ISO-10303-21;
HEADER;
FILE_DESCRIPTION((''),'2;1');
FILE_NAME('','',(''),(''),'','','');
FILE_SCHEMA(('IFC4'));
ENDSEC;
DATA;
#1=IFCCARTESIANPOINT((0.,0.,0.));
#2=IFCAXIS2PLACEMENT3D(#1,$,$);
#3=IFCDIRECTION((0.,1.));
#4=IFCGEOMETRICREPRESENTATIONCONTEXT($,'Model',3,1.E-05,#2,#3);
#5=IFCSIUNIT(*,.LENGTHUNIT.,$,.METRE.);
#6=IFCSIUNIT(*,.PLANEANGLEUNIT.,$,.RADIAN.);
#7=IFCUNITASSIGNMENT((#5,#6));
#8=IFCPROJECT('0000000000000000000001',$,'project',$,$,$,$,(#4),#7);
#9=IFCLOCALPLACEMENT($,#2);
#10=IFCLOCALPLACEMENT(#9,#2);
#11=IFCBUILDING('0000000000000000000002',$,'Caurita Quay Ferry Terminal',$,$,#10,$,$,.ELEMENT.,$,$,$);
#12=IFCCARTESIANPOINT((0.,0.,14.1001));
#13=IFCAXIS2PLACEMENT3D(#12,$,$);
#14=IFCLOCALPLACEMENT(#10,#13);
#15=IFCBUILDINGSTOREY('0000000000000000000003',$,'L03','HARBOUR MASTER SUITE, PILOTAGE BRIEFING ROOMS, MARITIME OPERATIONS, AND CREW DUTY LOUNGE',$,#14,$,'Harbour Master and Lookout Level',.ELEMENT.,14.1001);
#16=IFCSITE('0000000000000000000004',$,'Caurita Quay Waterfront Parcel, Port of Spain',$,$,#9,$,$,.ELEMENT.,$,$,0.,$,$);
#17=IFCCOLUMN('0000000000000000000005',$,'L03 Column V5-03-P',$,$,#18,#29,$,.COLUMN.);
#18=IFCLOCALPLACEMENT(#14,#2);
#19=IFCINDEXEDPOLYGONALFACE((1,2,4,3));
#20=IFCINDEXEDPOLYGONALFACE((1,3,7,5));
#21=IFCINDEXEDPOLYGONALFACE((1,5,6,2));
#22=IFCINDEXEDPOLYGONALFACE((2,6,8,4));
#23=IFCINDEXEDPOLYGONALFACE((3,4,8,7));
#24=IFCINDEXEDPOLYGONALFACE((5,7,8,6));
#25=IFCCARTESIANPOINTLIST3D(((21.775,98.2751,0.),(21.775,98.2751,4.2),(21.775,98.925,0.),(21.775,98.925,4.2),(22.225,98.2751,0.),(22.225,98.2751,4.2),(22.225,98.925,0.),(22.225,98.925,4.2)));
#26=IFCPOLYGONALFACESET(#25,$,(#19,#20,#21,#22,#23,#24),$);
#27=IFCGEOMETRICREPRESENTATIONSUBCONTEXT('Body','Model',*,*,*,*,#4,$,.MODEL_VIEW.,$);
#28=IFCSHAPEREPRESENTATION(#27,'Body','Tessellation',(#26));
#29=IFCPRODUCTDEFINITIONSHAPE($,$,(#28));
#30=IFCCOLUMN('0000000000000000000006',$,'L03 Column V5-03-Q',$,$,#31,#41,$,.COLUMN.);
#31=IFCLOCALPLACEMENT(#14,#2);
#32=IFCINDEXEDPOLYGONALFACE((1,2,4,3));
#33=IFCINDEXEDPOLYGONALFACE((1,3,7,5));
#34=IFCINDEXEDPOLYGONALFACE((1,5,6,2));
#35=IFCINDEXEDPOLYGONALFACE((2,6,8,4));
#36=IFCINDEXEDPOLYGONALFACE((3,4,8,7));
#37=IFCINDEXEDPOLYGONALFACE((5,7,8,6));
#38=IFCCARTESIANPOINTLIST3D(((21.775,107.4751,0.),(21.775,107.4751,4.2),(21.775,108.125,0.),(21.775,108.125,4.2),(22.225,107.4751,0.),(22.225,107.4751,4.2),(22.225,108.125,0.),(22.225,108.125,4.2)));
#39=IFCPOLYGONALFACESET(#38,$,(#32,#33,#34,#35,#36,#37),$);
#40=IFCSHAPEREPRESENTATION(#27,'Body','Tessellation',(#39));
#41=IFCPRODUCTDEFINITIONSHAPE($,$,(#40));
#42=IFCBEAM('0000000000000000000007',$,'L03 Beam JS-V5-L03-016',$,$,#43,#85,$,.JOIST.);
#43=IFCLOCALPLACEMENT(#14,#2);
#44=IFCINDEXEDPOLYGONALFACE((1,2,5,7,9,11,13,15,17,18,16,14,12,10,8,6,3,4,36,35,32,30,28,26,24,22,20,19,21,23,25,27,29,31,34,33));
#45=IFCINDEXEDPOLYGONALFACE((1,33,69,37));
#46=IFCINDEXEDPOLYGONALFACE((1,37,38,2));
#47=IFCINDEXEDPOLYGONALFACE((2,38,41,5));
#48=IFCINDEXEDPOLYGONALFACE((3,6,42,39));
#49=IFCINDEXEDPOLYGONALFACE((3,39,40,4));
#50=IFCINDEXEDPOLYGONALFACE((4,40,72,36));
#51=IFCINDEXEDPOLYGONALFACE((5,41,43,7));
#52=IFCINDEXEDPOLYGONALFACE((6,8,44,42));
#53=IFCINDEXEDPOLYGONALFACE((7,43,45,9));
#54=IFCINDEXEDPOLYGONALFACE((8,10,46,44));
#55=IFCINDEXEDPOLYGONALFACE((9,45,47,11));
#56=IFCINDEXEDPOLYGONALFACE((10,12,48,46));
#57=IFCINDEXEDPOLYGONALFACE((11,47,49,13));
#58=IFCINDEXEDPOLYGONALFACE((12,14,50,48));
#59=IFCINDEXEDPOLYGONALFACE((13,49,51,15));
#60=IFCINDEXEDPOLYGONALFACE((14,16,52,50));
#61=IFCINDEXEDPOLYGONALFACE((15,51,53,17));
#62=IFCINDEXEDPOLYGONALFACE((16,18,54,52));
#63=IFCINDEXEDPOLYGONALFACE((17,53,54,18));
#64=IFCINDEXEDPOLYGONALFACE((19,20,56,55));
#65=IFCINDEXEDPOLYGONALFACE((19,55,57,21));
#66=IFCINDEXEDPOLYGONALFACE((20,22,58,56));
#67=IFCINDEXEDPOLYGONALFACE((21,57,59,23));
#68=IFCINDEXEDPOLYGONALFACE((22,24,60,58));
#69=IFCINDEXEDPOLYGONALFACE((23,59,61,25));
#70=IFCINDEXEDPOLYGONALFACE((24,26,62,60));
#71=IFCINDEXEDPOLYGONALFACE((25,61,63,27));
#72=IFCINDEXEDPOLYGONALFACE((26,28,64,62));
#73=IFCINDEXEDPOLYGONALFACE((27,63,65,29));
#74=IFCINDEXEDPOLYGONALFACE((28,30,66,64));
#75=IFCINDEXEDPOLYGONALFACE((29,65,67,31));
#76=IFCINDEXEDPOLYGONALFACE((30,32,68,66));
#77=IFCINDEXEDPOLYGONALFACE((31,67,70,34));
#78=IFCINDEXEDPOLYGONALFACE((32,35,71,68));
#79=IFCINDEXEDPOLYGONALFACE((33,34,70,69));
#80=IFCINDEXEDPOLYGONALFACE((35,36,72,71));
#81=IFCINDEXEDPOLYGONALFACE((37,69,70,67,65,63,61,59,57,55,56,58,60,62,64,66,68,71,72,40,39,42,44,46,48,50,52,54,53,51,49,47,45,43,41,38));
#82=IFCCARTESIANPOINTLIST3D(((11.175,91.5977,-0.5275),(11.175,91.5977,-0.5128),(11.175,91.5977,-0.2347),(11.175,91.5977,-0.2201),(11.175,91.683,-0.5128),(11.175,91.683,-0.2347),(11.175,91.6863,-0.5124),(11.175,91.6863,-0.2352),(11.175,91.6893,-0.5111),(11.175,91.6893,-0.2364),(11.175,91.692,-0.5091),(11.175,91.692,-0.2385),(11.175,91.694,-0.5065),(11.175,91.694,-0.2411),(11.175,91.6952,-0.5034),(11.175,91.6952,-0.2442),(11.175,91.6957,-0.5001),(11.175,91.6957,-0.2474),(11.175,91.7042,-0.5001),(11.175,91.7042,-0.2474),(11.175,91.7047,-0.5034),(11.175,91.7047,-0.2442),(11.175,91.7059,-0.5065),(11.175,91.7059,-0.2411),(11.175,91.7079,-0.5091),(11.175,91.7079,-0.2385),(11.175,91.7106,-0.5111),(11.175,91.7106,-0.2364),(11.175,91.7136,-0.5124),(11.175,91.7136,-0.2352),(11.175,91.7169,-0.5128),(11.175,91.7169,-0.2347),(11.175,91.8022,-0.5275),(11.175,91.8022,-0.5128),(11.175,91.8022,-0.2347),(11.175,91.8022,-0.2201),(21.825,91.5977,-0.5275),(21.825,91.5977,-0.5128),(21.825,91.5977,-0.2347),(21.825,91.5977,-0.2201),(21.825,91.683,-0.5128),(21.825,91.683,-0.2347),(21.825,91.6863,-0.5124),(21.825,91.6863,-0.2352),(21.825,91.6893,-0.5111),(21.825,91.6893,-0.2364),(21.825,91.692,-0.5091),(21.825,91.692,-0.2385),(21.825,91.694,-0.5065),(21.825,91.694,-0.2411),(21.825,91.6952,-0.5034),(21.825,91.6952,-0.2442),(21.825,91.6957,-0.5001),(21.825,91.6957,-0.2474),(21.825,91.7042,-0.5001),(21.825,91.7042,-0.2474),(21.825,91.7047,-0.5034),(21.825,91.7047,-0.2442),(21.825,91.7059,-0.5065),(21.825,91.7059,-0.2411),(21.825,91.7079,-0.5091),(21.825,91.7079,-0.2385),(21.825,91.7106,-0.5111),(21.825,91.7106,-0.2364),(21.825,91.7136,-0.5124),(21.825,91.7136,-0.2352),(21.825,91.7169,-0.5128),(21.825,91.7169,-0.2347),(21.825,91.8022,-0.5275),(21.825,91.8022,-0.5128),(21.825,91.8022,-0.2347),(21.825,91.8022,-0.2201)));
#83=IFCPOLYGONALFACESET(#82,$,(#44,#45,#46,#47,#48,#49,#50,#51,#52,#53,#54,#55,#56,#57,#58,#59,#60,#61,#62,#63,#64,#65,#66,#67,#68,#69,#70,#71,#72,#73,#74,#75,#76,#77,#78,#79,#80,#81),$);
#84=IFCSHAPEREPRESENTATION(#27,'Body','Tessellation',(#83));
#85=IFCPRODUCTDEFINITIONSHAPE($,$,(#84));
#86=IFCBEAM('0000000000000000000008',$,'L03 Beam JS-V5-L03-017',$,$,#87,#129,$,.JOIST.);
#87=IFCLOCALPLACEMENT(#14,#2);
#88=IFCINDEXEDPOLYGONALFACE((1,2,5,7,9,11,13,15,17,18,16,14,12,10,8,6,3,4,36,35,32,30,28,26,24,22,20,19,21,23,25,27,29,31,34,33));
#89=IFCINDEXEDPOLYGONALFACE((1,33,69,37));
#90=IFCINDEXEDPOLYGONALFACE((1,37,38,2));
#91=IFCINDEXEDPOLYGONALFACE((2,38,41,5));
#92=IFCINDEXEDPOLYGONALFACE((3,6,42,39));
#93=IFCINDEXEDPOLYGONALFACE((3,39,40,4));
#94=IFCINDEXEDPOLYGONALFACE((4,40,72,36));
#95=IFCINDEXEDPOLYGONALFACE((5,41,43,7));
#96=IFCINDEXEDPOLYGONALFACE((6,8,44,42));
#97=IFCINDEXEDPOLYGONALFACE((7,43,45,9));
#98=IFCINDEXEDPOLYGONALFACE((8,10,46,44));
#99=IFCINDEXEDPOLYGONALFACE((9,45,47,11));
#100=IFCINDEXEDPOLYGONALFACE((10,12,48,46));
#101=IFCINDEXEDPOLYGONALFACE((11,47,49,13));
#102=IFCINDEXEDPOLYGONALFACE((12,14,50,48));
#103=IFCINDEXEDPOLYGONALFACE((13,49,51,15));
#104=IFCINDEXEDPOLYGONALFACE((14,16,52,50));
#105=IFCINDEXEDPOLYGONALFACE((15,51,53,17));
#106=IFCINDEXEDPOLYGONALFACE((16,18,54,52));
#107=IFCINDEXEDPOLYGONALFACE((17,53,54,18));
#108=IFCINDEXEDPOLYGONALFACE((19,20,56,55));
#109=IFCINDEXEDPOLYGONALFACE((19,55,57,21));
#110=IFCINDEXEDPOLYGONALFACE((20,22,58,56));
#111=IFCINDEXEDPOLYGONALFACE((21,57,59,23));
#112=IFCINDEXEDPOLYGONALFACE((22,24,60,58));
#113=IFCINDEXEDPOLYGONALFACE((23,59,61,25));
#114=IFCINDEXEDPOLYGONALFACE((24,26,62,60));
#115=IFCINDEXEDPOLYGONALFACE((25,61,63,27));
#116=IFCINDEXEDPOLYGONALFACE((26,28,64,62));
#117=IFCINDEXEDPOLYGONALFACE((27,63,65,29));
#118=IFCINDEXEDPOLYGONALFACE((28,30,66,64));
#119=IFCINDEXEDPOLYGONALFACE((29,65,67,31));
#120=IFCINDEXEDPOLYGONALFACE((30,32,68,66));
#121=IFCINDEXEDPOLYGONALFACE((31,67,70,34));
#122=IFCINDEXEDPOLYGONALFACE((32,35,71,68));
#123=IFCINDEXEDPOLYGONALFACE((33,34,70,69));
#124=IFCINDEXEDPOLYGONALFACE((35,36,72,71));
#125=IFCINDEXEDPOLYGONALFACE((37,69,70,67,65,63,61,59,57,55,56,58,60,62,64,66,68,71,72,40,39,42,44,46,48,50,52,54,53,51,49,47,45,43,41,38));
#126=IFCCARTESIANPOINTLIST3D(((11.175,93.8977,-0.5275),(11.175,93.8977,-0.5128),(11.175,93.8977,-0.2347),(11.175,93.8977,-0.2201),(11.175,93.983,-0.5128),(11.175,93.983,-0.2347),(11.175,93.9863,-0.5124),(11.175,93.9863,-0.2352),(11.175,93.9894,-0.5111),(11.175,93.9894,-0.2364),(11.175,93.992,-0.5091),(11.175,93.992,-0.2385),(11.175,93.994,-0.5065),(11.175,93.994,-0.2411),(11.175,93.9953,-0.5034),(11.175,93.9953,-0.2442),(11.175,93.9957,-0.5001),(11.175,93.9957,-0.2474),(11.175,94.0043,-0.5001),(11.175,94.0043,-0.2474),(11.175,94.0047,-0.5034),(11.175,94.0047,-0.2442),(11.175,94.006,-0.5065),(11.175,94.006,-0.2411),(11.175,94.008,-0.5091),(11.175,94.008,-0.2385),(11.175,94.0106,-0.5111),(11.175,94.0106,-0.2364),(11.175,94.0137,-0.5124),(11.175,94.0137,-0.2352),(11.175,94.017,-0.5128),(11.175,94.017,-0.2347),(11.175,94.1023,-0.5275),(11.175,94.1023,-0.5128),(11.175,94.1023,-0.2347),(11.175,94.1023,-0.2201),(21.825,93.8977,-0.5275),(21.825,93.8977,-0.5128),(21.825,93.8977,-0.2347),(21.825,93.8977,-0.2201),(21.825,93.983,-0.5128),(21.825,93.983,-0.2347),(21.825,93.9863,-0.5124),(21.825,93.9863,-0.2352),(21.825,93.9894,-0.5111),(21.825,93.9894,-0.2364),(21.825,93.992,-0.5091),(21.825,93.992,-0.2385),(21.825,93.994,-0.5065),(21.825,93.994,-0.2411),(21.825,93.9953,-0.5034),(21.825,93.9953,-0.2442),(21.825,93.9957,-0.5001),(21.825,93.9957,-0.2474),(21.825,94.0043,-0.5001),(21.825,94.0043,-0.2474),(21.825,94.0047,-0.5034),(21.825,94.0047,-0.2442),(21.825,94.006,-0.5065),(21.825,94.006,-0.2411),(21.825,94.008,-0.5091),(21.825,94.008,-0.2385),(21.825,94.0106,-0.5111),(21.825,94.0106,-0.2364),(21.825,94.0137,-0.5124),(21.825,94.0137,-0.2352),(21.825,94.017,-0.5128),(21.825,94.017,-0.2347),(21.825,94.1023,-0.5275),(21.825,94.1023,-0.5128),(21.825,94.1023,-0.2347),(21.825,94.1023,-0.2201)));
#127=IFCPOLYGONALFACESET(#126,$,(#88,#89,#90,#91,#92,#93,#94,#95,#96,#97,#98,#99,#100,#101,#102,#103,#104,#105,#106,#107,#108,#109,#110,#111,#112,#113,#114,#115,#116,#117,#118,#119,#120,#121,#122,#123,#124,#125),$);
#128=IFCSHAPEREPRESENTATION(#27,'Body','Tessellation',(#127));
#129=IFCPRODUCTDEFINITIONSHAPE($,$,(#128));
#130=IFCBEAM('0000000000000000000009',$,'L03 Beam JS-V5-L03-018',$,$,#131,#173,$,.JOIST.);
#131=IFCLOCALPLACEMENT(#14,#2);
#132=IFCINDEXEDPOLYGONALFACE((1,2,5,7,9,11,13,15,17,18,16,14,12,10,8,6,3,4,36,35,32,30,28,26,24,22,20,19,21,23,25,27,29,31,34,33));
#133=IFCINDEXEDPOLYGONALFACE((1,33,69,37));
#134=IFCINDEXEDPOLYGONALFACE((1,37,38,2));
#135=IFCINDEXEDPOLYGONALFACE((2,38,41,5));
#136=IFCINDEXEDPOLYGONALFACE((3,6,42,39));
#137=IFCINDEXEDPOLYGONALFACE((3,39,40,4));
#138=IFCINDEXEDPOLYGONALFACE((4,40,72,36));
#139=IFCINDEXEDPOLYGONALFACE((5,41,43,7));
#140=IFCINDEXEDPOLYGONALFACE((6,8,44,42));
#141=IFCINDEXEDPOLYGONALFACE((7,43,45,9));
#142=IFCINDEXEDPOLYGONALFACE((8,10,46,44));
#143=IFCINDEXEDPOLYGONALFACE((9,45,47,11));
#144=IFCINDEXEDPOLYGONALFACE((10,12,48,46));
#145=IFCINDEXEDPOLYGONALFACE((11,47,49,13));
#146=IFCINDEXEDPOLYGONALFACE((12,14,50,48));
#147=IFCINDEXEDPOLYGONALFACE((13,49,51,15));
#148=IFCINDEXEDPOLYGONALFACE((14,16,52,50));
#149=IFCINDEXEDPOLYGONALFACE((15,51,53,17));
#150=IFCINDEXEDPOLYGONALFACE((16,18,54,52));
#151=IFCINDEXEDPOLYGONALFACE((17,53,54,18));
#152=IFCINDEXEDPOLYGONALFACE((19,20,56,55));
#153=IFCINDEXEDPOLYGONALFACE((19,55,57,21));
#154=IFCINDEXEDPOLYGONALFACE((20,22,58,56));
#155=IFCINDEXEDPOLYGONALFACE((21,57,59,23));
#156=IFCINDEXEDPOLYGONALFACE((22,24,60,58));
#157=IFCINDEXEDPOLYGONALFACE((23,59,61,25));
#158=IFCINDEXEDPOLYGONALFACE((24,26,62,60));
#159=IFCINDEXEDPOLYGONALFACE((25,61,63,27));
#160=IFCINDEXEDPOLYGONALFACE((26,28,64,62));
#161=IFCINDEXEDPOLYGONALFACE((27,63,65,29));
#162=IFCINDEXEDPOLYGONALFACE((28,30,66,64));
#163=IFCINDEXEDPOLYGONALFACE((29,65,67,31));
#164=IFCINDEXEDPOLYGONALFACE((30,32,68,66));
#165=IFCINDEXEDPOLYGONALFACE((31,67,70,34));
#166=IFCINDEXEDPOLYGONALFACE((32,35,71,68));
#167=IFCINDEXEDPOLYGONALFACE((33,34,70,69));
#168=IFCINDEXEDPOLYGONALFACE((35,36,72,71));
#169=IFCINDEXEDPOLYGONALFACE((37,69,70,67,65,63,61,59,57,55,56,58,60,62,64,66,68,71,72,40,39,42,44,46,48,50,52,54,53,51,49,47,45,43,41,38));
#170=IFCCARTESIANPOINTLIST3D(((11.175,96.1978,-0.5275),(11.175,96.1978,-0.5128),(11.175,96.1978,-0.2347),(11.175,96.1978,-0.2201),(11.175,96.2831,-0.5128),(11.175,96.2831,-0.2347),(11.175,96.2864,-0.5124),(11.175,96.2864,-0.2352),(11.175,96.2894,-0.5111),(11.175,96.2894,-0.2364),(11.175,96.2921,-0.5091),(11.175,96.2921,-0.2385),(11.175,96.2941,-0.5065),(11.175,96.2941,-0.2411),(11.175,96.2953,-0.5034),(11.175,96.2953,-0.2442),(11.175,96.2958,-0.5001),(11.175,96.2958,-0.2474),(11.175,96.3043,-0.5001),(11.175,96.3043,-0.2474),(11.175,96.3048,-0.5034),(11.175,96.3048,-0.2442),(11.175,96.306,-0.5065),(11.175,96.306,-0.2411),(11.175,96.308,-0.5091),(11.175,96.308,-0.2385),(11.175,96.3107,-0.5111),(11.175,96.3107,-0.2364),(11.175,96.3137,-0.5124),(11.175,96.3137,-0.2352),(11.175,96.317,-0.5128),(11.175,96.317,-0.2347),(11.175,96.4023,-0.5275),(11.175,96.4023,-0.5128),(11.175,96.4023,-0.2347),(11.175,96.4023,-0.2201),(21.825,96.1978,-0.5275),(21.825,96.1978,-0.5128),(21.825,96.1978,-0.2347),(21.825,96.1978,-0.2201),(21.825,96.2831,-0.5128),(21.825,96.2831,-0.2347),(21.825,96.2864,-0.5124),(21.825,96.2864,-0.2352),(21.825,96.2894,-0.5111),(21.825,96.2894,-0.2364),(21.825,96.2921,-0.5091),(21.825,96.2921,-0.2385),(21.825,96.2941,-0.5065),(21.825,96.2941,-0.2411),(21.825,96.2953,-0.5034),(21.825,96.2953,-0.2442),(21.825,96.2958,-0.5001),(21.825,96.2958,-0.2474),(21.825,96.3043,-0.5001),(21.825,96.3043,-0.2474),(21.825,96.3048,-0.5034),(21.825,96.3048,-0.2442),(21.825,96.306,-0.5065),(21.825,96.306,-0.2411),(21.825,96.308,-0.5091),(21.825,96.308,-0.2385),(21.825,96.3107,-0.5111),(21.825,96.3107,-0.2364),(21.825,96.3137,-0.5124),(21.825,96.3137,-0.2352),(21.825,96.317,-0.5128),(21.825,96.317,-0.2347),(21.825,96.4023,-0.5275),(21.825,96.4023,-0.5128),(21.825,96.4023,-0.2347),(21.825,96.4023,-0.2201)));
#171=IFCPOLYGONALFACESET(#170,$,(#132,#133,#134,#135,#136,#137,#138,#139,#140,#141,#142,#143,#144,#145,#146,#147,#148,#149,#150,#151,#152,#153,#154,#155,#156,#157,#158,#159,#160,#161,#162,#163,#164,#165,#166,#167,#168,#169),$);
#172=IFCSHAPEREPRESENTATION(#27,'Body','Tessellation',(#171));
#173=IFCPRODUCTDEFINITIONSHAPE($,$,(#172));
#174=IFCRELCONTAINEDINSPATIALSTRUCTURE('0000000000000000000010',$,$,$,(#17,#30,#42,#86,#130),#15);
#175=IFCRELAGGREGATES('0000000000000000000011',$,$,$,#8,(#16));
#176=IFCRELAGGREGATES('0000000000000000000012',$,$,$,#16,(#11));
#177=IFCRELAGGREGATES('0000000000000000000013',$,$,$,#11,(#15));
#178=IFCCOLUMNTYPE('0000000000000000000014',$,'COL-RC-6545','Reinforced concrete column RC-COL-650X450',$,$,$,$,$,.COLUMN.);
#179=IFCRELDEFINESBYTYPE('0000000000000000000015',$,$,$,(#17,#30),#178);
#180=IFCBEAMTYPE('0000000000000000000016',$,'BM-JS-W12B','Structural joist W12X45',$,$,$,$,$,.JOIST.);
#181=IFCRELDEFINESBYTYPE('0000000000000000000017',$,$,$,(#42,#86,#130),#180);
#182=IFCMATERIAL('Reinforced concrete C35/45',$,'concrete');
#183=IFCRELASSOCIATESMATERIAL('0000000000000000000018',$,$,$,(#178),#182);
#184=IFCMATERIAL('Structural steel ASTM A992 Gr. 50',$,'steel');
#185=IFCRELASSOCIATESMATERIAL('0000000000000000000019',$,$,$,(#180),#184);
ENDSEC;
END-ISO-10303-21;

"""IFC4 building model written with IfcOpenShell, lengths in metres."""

from ifc_helpers import new_model, si_unit, direction, frame, origin, origin_2d, place, context, subcontext, project, spatial, rectangle, i_section, extrude, material, material_profile, profile_set, type_object, element, save


model = new_model("IFC4")

# Units and contexts
model_context = context("Model", 3, precision=1e-05, world=origin(), true_north=direction((0.0, 1.0)))
body_context = subcontext(model_context, "Body", "Model", "MODEL_VIEW")
ifc_project = project(units=[si_unit("LENGTHUNIT", "METRE"), si_unit("PLANEANGLEUNIT", "RADIAN")], contexts=[model_context])

# Site, building, storey
site_placement = place(None, origin())
site = spatial("IfcSite", under=ifc_project, at=site_placement, Name="Caurita Quay Waterfront Parcel, Port of Spain", CompositionType="ELEMENT", RefElevation=0.0)
building_placement = place(site_placement, origin())
building = spatial("IfcBuilding", under=site, at=building_placement, Name="Caurita Quay Ferry Terminal", CompositionType="ELEMENT")
storey_placement = place(building_placement, frame((0.0, 0.0, 14.1001)))
storey = spatial("IfcBuildingStorey", under=building, at=storey_placement, Name="L03", Description="HARBOUR MASTER SUITE, PILOTAGE BRIEFING ROOMS, MARITIME OPERATIONS, AND CREW DUTY LOUNGE", LongName="Harbour Master and Lookout Level", CompositionType="ELEMENT", Elevation=14.1001)

# Columns
ifc_material_1 = material(Name="Reinforced concrete C35/45", Category="concrete")
ifc_material_profile_1 = material_profile(ifc_material_1, rectangle(XDim=0.45, YDim=0.6499, at=origin_2d()), Name="RC-COL-650X450")
ifc_profile_set_1 = profile_set([ifc_material_profile_1], Name="Reinforced concrete C35/45")
column_type = type_object("IfcColumnType", Name="COL-RC-6545", Description="Reinforced concrete column RC-COL-650X450", PredefinedType="COLUMN", material=ifc_profile_set_1)
for number, where, z_axis, x_axis, name in (
    (1, (22.0, 98.6001, 0.0), (0.0, 0.0, 1.0), (1.0, 0.0, 0.0), "L03 Column V5-03-P"),
    (2, (22.0, 107.8, 0.0), (0.0, 0.0, 1.0), (1.0, 0.0, 0.0), "L03 Column V5-03-Q"),
):
    element("IfcColumn", number, at=place(storey_placement, frame(where, z_axis=z_axis, x_axis=x_axis)), inside=storey, type_object=column_type, Name=name, PredefinedType="COLUMN", context=body_context, shape_type="SweptSolid", body=[
        extrude(rectangle(XDim=0.45, YDim=0.6499, at=origin_2d()), origin(), (0.0, 0.0, 1.0), 4.2),
    ])

# Beams
ifc_material_2 = material(Name="Structural steel ASTM A992 Gr. 50", Category="steel")
ifc_material_profile_2 = material_profile(ifc_material_2, i_section(OverallWidth=0.2046, OverallDepth=0.3074, WebThickness=0.0085, FlangeThickness=0.0146, FilletRadius=0.0127, at=origin_2d()), Name="W12X45")
ifc_profile_set_2 = profile_set([ifc_material_profile_2], Name="Structural steel ASTM A992 Gr. 50")
beam_type_1 = type_object("IfcBeamType", Name="BM-JS-W12B", Description="Structural joist W12X45", PredefinedType="JOIST", material=ifc_profile_set_2)
for number, where, z_axis, x_axis, name in (
    (3, (11.175, 91.7, -0.3738), (1.0, 0.0, 0.0), (0.0, 1.0, 0.0), "L03 Beam JS-V5-L03-016"),
    (4, (11.175, 94.0, -0.3738), (1.0, 0.0, 0.0), (0.0, 1.0, 0.0), "L03 Beam JS-V5-L03-017"),
    (5, (11.175, 96.3, -0.3738), (1.0, 0.0, 0.0), (0.0, 1.0, 0.0), "L03 Beam JS-V5-L03-018"),
):
    element("IfcBeam", number, at=place(storey_placement, frame(where, z_axis=z_axis, x_axis=x_axis)), inside=storey, type_object=beam_type_1, Name=name, PredefinedType="JOIST", context=body_context, shape_type="SweptSolid", body=[
        extrude(i_section(OverallWidth=0.2046, OverallDepth=0.3074, WebThickness=0.0085, FlangeThickness=0.0146, FilletRadius=0.0127, at=origin_2d()), origin(), (0.0, 0.0, 1.0), 10.6499),
    ])

save(model, "model.ifc")
